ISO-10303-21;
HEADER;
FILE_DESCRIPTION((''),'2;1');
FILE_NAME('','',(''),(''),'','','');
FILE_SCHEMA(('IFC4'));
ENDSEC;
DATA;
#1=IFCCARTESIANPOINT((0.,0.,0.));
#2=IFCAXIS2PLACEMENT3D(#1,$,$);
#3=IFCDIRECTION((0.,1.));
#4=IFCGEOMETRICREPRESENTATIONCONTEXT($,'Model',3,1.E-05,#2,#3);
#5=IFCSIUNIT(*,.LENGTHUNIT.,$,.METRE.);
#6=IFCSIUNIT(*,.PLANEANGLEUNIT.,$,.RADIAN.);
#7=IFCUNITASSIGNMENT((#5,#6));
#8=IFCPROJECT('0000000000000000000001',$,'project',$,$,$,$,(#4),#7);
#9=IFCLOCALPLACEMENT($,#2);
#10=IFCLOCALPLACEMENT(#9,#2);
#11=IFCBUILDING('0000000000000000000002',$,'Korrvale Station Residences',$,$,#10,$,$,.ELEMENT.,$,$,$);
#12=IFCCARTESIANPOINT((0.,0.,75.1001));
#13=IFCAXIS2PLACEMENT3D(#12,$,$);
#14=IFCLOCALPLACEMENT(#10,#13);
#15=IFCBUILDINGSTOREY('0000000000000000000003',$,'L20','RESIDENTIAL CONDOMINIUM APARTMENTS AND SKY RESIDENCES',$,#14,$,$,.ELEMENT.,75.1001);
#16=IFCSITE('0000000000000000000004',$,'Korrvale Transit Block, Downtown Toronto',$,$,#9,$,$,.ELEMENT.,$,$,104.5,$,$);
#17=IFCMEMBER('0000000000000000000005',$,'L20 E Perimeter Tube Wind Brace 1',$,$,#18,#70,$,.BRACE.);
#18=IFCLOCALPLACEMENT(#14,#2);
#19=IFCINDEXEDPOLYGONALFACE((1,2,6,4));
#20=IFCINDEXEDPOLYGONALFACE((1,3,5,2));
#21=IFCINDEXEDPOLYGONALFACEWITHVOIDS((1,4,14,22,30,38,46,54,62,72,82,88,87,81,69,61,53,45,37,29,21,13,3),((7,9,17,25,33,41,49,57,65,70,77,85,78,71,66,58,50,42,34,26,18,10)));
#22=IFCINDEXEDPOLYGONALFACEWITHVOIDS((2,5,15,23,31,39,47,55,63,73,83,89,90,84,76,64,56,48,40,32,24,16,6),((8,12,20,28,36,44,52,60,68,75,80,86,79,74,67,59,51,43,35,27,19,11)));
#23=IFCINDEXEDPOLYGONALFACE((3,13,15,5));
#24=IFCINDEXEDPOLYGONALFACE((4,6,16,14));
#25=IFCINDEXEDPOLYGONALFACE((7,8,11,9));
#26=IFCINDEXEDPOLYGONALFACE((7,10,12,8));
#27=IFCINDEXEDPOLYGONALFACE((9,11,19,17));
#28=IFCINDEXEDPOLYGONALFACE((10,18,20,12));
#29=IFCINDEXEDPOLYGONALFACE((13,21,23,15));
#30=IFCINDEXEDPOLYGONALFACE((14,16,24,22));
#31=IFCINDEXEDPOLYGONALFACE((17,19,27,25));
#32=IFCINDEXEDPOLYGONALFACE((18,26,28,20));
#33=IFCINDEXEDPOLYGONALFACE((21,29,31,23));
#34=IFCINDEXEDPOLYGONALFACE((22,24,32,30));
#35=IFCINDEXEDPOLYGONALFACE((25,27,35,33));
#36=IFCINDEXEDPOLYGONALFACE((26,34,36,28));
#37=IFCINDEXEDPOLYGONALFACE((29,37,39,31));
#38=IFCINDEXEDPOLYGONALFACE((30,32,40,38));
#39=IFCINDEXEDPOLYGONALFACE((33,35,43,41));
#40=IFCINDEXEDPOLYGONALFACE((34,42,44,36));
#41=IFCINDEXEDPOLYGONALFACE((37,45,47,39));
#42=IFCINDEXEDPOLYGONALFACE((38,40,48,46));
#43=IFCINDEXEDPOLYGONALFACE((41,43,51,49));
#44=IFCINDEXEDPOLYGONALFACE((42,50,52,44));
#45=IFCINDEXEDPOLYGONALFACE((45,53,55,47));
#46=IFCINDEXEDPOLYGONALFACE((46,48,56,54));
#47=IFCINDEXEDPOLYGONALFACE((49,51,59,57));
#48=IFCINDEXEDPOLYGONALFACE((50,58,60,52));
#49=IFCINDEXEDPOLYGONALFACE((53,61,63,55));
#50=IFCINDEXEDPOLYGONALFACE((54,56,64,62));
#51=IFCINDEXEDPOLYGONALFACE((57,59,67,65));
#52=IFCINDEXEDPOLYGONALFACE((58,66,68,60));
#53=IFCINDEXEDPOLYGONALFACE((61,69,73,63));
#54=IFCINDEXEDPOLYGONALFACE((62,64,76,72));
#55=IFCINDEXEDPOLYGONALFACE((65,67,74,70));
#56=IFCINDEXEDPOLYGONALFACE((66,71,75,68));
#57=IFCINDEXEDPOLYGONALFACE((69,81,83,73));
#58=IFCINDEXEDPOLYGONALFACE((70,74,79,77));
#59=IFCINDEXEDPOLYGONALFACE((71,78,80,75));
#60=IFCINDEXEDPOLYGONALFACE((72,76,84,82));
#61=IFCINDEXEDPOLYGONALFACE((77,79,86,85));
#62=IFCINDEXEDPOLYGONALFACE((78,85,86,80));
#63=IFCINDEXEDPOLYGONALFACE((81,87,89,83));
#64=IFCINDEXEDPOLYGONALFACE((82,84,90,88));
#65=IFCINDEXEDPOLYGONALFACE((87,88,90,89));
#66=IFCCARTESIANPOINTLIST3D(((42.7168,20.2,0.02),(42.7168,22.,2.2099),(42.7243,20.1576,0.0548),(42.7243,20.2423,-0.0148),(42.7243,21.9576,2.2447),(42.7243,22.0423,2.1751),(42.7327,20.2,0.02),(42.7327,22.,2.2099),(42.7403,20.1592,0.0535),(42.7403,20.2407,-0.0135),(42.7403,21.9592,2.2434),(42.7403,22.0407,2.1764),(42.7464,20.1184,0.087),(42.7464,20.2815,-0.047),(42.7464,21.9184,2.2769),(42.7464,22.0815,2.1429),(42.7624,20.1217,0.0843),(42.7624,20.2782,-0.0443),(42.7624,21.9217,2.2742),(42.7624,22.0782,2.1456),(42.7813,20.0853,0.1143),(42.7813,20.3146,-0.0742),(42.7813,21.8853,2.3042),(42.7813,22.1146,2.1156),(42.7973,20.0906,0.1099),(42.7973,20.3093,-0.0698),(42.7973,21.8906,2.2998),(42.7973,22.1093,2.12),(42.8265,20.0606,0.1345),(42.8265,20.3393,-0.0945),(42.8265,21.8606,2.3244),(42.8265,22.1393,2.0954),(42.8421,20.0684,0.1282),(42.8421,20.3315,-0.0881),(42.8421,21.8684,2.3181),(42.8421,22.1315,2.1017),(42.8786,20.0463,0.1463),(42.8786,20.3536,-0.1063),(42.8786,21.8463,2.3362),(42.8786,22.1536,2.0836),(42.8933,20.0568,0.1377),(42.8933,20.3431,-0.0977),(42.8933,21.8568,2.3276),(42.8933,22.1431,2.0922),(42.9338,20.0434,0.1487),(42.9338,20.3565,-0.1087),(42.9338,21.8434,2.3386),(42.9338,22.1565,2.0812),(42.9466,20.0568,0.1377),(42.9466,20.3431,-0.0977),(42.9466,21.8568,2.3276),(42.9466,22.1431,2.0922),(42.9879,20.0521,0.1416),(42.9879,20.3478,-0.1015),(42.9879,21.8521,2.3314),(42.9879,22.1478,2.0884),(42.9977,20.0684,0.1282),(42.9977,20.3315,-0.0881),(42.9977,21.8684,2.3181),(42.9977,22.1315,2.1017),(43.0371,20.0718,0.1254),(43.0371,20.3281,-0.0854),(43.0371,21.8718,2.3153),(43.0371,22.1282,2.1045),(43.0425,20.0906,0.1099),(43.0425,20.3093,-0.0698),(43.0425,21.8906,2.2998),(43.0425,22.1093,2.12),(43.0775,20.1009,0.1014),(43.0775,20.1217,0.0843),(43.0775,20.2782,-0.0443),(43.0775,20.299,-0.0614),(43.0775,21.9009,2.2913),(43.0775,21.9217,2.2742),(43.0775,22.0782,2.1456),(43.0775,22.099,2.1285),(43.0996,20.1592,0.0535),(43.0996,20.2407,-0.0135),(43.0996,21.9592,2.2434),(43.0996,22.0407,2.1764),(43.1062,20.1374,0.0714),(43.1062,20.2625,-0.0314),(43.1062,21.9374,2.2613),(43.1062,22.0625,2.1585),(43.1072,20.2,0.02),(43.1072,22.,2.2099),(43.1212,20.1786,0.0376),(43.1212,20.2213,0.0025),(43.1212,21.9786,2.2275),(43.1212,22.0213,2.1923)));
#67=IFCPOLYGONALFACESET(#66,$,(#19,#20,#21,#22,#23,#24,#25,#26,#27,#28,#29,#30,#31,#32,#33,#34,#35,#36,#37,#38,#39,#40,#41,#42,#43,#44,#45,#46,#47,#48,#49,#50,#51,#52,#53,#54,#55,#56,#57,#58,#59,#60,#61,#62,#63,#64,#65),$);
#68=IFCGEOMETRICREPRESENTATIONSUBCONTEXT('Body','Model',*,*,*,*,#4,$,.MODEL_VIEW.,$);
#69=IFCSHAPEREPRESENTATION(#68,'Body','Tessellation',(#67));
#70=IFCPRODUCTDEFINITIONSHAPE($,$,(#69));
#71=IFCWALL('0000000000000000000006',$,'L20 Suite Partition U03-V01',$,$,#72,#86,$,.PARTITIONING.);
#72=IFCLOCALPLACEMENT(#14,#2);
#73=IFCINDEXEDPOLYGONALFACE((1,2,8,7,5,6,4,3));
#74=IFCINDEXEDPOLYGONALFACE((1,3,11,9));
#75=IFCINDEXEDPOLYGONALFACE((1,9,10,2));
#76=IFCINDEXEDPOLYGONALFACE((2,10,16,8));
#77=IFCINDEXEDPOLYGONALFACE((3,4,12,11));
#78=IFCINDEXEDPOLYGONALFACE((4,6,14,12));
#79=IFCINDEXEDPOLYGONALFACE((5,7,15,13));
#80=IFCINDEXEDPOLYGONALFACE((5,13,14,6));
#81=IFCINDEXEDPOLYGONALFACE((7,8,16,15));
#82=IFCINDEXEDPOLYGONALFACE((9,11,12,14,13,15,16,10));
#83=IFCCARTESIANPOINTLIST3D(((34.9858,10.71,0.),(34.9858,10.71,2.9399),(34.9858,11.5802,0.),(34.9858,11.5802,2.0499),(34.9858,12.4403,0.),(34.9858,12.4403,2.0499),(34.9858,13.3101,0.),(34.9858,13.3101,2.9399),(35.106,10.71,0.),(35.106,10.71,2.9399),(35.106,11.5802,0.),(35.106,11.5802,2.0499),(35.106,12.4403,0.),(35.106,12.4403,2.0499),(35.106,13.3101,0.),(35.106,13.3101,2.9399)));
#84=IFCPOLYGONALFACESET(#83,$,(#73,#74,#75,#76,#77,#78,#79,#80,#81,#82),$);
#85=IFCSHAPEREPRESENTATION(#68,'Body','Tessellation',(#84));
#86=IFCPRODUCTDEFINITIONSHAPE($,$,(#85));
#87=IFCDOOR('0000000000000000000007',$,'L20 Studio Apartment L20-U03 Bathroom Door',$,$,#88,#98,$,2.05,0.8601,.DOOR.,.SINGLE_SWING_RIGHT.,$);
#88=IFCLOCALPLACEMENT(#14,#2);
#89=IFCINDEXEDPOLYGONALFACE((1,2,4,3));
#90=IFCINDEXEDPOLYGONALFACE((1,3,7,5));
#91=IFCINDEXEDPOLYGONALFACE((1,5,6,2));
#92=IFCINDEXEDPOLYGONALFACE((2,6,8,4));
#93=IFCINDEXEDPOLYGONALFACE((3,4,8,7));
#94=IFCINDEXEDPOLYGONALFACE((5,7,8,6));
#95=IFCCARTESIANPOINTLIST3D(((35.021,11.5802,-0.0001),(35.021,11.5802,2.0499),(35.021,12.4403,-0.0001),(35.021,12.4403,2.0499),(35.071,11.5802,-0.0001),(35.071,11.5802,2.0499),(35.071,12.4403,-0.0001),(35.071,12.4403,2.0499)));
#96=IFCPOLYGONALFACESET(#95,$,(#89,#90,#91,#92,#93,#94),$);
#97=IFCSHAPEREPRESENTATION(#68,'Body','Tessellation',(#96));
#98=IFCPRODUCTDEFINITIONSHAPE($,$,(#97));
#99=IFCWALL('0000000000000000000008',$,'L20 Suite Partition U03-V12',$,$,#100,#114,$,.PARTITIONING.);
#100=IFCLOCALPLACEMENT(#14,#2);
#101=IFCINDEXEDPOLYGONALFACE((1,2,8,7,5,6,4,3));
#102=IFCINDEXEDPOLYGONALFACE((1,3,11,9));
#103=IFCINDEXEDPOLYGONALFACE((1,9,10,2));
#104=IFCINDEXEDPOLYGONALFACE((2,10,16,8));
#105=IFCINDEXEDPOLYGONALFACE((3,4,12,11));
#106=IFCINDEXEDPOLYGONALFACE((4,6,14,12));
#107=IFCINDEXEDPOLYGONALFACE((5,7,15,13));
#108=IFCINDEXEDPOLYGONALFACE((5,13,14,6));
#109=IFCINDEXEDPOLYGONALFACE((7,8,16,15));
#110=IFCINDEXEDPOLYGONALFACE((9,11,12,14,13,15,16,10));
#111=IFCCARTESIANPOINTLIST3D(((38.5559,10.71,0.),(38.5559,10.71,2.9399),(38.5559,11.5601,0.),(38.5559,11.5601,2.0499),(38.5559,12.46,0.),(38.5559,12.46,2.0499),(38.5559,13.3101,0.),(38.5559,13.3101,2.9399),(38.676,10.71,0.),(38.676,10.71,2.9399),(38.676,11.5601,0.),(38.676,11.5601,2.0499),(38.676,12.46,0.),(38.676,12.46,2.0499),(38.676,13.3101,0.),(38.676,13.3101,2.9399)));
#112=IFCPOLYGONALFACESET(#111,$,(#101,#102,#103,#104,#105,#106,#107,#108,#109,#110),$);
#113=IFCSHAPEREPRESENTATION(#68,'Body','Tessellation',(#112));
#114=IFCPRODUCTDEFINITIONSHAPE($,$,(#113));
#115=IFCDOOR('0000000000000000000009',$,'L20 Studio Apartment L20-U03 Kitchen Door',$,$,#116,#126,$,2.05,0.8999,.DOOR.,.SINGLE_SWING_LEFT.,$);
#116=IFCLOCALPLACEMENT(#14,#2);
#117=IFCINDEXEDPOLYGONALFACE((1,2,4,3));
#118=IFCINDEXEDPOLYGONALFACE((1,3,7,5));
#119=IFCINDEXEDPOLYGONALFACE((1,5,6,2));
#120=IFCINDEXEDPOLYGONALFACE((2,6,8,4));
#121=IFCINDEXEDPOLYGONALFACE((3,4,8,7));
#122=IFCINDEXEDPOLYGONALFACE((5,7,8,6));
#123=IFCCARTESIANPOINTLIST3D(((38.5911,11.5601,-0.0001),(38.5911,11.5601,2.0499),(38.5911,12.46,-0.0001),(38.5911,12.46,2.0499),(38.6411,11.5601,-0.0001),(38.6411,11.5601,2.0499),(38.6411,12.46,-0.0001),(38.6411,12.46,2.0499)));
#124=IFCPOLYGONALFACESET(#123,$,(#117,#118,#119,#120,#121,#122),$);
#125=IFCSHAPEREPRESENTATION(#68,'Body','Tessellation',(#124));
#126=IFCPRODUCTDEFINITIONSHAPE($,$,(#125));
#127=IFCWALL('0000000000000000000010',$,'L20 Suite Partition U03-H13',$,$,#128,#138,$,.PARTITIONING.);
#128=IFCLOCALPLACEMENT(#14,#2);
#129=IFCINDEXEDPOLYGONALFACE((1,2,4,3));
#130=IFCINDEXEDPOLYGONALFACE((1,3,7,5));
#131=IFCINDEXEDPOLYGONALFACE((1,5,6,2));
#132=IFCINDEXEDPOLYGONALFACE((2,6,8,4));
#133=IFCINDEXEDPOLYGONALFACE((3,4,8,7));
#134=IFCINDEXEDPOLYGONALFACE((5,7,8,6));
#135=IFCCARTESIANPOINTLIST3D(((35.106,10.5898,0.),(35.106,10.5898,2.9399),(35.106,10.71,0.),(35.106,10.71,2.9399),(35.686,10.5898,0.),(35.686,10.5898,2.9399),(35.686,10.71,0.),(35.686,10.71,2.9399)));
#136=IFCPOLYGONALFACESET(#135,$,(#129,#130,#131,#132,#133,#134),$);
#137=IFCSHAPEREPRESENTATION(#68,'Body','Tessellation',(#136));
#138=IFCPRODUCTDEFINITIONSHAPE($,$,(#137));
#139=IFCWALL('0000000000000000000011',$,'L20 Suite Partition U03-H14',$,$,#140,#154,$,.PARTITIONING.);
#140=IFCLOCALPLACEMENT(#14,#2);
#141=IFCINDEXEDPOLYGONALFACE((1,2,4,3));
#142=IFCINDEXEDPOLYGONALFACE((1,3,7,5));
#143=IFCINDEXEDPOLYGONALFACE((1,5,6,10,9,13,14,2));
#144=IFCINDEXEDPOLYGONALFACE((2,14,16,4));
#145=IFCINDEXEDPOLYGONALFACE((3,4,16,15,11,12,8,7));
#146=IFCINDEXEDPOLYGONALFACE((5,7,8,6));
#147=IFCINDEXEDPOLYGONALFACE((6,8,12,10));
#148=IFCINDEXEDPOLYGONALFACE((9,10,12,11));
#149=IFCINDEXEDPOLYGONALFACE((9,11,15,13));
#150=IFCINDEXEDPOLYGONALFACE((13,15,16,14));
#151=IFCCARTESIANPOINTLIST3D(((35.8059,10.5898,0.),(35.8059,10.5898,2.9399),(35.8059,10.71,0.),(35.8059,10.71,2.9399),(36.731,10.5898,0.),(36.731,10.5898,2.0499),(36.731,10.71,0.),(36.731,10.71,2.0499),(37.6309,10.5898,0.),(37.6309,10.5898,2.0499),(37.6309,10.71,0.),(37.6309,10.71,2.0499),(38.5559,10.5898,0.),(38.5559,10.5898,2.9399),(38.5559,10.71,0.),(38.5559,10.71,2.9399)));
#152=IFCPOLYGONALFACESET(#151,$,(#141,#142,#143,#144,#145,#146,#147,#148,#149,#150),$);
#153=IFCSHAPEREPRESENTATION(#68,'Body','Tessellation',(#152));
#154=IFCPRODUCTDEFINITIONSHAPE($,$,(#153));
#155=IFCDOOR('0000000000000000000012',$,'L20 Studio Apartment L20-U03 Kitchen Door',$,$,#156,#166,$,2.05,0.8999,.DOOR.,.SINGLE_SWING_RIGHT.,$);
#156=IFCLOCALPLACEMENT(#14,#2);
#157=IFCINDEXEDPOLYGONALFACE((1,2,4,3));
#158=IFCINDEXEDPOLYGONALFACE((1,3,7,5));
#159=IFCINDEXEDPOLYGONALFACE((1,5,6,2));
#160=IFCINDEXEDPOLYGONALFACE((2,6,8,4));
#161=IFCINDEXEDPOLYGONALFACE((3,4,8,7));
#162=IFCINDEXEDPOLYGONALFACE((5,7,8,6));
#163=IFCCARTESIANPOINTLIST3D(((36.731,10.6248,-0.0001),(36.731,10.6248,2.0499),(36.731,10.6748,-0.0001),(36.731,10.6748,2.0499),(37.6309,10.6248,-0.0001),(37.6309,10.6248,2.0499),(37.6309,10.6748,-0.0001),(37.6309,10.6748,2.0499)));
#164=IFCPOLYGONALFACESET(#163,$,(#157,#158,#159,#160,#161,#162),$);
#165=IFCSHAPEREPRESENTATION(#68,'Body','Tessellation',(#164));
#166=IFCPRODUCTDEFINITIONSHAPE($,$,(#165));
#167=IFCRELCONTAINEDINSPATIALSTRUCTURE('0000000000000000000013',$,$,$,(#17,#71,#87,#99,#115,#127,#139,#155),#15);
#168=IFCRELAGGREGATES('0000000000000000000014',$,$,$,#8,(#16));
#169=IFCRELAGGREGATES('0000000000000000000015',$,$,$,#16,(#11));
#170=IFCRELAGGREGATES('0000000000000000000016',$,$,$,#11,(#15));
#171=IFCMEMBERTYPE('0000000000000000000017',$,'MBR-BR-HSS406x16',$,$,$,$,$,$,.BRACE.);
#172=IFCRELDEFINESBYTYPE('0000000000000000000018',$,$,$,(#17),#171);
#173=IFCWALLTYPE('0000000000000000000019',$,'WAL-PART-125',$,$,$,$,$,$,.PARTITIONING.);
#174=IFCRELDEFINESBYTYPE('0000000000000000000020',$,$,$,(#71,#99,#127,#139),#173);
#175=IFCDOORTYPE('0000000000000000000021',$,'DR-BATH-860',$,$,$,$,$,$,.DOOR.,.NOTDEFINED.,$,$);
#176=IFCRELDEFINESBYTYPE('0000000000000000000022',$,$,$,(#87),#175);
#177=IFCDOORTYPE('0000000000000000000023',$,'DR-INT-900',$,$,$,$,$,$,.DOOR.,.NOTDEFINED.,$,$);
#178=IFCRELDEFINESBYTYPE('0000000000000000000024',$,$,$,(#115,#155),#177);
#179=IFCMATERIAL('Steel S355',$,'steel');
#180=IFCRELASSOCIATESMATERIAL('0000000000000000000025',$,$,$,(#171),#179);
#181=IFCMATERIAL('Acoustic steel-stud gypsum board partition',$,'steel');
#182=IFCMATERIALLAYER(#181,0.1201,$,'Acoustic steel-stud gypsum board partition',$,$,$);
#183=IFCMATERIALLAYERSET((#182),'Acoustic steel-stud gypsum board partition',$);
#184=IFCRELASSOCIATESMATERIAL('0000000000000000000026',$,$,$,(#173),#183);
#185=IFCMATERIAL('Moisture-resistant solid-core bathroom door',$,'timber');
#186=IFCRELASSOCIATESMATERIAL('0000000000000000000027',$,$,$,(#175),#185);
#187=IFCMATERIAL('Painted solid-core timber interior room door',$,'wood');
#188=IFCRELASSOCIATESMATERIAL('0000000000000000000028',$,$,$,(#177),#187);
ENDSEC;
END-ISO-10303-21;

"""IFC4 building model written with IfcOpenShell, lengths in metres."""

from ifc_helpers import new_model, si_unit, direction, frame, frame_2d, origin, origin_2d, place, context, subcontext, project, spatial, rectangle, hollow_circle, extrude, material, layer, layer_set, material_profile, profile_set, type_object, element, fill, save


model = new_model("IFC4")

# Units and contexts
model_context = context("Model", 3, precision=1e-05, world=origin(), true_north=direction((0.0, 1.0)))
body_context = subcontext(model_context, "Body", "Model", "MODEL_VIEW")
ifc_project = project(units=[si_unit("LENGTHUNIT", "METRE"), si_unit("PLANEANGLEUNIT", "RADIAN")], contexts=[model_context])

# Site, building, storey
site_placement = place(None, origin())
site = spatial("IfcSite", under=ifc_project, at=site_placement, Name="Korrvale Transit Block, Downtown Toronto", CompositionType="ELEMENT", RefElevation=104.5)
building_placement = place(site_placement, origin())
building = spatial("IfcBuilding", under=site, at=building_placement, Name="Korrvale Station Residences", CompositionType="ELEMENT")
storey_placement = place(building_placement, frame((0.0, 0.0, 75.1001)))
storey = spatial("IfcBuildingStorey", under=building, at=storey_placement, Name="L20", Description="RESIDENTIAL CONDOMINIUM APARTMENTS AND SKY RESIDENCES", CompositionType="ELEMENT", Elevation=75.1001)

# Shared definitions
ifc_material_1 = material(Name="Steel S355", Category="steel")

# Member
ifc_material_profile_1 = material_profile(ifc_material_1, hollow_circle(Radius=0.2031, WallThickness=0.0159, at=origin_2d()), Name="HSS406x16")
ifc_profile_set_1 = profile_set([ifc_material_profile_1], Name="Steel S355")
member_type = type_object("IfcMemberType", Name="MBR-BR-HSS406x16", PredefinedType="BRACE", material=ifc_profile_set_1)
member_placement = place(storey_placement, frame((42.9199, 20.2, 0.02), z_axis=(0.0, 0.634985, 0.772524), x_axis=(-1.0, 0.0, 0.0)))
element("IfcMember", 1, at=member_placement, inside=storey, type_object=member_type, Name="L20 E Perimeter Tube Wind Brace 1", PredefinedType="BRACE", context=body_context, shape_type="SweptSolid", body=[
    extrude(hollow_circle(Radius=0.2031, WallThickness=0.0159, at=origin_2d()), origin(), (0.0, 0.0, 1.0), 2.8347),
])

# Walls, openings, doors
ifc_material_2 = material(Name="Acoustic steel-stud gypsum board partition", Category="steel")
ifc_layer_1 = layer(ifc_material_2, 0.1201, Name="Acoustic steel-stud gypsum board partition")
ifc_layer_set_1 = layer_set([ifc_layer_1], Name="Acoustic steel-stud gypsum board partition")
wall_type_1 = type_object("IfcWallType", Name="WAL-PART-125", PredefinedType="PARTITIONING", material=ifc_layer_set_1)
wall_1_placement = place(storey_placement, frame((35.0459, 10.71, 0.0), z_axis=(0.0, 0.0, 1.0), x_axis=(0.0, 1.0, 0.0)))
wall_1 = element("IfcWall", 2, at=wall_1_placement, inside=storey, type_object=wall_type_1, Name="L20 Suite Partition U03-V01", PredefinedType="PARTITIONING", context=body_context, shape_type="SweptSolid", body=[
    extrude(rectangle(XDim=2.6001, YDim=0.1201, at=frame_2d((1.3, 0.0))), origin(), (0.0, 0.0, 1.0), 2.9399),
])
opening_1_placement = place(wall_1_placement, frame((0.8701, 0.0, 0.0)))
opening_1 = element("IfcOpeningElement", 3, at=opening_1_placement, cuts=wall_1, PredefinedType="OPENING", context=body_context, shape_type="SweptSolid", body=[
    extrude(rectangle(XDim=0.8601, YDim=2.05, at=frame_2d((0.4302, 1.0249))), frame((0.0, 0.0701, 0.0), z_axis=(0.0, -1.0, 0.0), x_axis=(1.0, 0.0, 0.0)), (0.0, 0.0, 1.0), 0.1401),
])
ifc_material_3 = material(Name="Moisture-resistant solid-core bathroom door", Category="timber")
door_type_1 = type_object("IfcDoorType", Name="DR-BATH-860", OperationType="NOTDEFINED", PredefinedType="DOOR", material=ifc_material_3)
door_1_placement = place(opening_1_placement, origin())
door_1 = element("IfcDoor", 4, at=door_1_placement, inside=storey, type_object=door_type_1, Name="L20 Studio Apartment L20-U03 Bathroom Door", OperationType="SINGLE_SWING_RIGHT", OverallHeight=2.05, OverallWidth=0.8601, PredefinedType="DOOR", context=body_context, shape_type="SweptSolid", body=[
    extrude(rectangle(XDim=0.8601, YDim=2.05, at=frame_2d((0.4302, 1.0249))), frame((0.0, 0.0249, 0.0), z_axis=(0.0, -1.0, 0.0), x_axis=(1.0, 0.0, 0.0)), (0.0, 0.0, 1.0), 0.05),
])
fill(opening_1, door_1)
wall_2_placement = place(storey_placement, frame((38.616, 10.71, 0.0), z_axis=(0.0, 0.0, 1.0), x_axis=(0.0, 1.0, 0.0)))
wall_2 = element("IfcWall", 5, at=wall_2_placement, inside=storey, type_object=wall_type_1, Name="L20 Suite Partition U03-V12", PredefinedType="PARTITIONING", context=body_context, shape_type="SweptSolid", body=[
    extrude(rectangle(XDim=2.6001, YDim=0.1201, at=frame_2d((1.3, 0.0))), origin(), (0.0, 0.0, 1.0), 2.9399),
])
opening_2_placement = place(wall_2_placement, frame((0.8501, 0.0, 0.0)))
opening_2 = element("IfcOpeningElement", 6, at=opening_2_placement, cuts=wall_2, PredefinedType="OPENING", context=body_context, shape_type="SweptSolid", body=[
    extrude(rectangle(XDim=0.8999, YDim=2.05, at=frame_2d((0.45, 1.0249))), frame((0.0, 0.0701, 0.0), z_axis=(0.0, -1.0, 0.0), x_axis=(1.0, 0.0, 0.0)), (0.0, 0.0, 1.0), 0.1401),
])
ifc_material_4 = material(Name="Painted solid-core timber interior room door", Category="wood")
door_type_2 = type_object("IfcDoorType", Name="DR-INT-900", OperationType="NOTDEFINED", PredefinedType="DOOR", material=ifc_material_4)
door_2_placement = place(opening_2_placement, origin())
door_2 = element("IfcDoor", 7, at=door_2_placement, inside=storey, type_object=door_type_2, Name="L20 Studio Apartment L20-U03 Kitchen Door", OperationType="SINGLE_SWING_LEFT", OverallHeight=2.05, OverallWidth=0.8999, PredefinedType="DOOR", context=body_context, shape_type="SweptSolid", body=[
    extrude(rectangle(XDim=0.8999, YDim=2.05, at=frame_2d((0.45, 1.0249))), frame((0.0, 0.0249, 0.0), z_axis=(0.0, -1.0, 0.0), x_axis=(1.0, 0.0, 0.0)), (0.0, 0.0, 1.0), 0.05),
])
fill(opening_2, door_2)

# Wall
wall_3_placement = place(storey_placement, frame((35.106, 10.6499, 0.0), z_axis=(0.0, 0.0, 1.0), x_axis=(1.0, 0.0, 0.0)))
element("IfcWall", 8, at=wall_3_placement, inside=storey, type_object=wall_type_1, Name="L20 Suite Partition U03-H13", PredefinedType="PARTITIONING", context=body_context, shape_type="SweptSolid", body=[
    extrude(rectangle(XDim=0.5801, YDim=0.1201, at=frame_2d((0.29, 0.0))), origin(), (0.0, 0.0, 1.0), 2.9399),
])

# Wall, opening, door
wall_4_placement = place(storey_placement, frame((35.8059, 10.6499, 0.0), z_axis=(0.0, 0.0, 1.0), x_axis=(1.0, 0.0, 0.0)))
wall_4 = element("IfcWall", 9, at=wall_4_placement, inside=storey, type_object=wall_type_1, Name="L20 Suite Partition U03-H14", PredefinedType="PARTITIONING", context=body_context, shape_type="SweptSolid", body=[
    extrude(rectangle(XDim=2.75, YDim=0.1201, at=frame_2d((1.375, 0.0))), origin(), (0.0, 0.0, 1.0), 2.9399),
])
opening_3_placement = place(wall_4_placement, frame((0.925, 0.0, 0.0)))
opening_3 = element("IfcOpeningElement", 10, at=opening_3_placement, cuts=wall_4, PredefinedType="OPENING", context=body_context, shape_type="SweptSolid", body=[
    extrude(rectangle(XDim=0.8999, YDim=2.05, at=frame_2d((0.45, 1.0249))), frame((0.0, 0.0701, 0.0), z_axis=(0.0, -1.0, 0.0), x_axis=(1.0, 0.0, 0.0)), (0.0, 0.0, 1.0), 0.1401),
])
door_3_placement = place(opening_3_placement, origin())
door_3 = element("IfcDoor", 11, at=door_3_placement, inside=storey, type_object=door_type_2, Name="L20 Studio Apartment L20-U03 Kitchen Door", OperationType="SINGLE_SWING_RIGHT", OverallHeight=2.05, OverallWidth=0.8999, PredefinedType="DOOR", context=body_context, shape_type="SweptSolid", body=[
    extrude(rectangle(XDim=0.8999, YDim=2.05, at=frame_2d((0.45, 1.0249))), frame((0.0, 0.0249, 0.0), z_axis=(0.0, -1.0, 0.0), x_axis=(1.0, 0.0, 0.0)), (0.0, 0.0, 1.0), 0.05),
])
fill(opening_3, door_3)

save(model, "model.ifc")
